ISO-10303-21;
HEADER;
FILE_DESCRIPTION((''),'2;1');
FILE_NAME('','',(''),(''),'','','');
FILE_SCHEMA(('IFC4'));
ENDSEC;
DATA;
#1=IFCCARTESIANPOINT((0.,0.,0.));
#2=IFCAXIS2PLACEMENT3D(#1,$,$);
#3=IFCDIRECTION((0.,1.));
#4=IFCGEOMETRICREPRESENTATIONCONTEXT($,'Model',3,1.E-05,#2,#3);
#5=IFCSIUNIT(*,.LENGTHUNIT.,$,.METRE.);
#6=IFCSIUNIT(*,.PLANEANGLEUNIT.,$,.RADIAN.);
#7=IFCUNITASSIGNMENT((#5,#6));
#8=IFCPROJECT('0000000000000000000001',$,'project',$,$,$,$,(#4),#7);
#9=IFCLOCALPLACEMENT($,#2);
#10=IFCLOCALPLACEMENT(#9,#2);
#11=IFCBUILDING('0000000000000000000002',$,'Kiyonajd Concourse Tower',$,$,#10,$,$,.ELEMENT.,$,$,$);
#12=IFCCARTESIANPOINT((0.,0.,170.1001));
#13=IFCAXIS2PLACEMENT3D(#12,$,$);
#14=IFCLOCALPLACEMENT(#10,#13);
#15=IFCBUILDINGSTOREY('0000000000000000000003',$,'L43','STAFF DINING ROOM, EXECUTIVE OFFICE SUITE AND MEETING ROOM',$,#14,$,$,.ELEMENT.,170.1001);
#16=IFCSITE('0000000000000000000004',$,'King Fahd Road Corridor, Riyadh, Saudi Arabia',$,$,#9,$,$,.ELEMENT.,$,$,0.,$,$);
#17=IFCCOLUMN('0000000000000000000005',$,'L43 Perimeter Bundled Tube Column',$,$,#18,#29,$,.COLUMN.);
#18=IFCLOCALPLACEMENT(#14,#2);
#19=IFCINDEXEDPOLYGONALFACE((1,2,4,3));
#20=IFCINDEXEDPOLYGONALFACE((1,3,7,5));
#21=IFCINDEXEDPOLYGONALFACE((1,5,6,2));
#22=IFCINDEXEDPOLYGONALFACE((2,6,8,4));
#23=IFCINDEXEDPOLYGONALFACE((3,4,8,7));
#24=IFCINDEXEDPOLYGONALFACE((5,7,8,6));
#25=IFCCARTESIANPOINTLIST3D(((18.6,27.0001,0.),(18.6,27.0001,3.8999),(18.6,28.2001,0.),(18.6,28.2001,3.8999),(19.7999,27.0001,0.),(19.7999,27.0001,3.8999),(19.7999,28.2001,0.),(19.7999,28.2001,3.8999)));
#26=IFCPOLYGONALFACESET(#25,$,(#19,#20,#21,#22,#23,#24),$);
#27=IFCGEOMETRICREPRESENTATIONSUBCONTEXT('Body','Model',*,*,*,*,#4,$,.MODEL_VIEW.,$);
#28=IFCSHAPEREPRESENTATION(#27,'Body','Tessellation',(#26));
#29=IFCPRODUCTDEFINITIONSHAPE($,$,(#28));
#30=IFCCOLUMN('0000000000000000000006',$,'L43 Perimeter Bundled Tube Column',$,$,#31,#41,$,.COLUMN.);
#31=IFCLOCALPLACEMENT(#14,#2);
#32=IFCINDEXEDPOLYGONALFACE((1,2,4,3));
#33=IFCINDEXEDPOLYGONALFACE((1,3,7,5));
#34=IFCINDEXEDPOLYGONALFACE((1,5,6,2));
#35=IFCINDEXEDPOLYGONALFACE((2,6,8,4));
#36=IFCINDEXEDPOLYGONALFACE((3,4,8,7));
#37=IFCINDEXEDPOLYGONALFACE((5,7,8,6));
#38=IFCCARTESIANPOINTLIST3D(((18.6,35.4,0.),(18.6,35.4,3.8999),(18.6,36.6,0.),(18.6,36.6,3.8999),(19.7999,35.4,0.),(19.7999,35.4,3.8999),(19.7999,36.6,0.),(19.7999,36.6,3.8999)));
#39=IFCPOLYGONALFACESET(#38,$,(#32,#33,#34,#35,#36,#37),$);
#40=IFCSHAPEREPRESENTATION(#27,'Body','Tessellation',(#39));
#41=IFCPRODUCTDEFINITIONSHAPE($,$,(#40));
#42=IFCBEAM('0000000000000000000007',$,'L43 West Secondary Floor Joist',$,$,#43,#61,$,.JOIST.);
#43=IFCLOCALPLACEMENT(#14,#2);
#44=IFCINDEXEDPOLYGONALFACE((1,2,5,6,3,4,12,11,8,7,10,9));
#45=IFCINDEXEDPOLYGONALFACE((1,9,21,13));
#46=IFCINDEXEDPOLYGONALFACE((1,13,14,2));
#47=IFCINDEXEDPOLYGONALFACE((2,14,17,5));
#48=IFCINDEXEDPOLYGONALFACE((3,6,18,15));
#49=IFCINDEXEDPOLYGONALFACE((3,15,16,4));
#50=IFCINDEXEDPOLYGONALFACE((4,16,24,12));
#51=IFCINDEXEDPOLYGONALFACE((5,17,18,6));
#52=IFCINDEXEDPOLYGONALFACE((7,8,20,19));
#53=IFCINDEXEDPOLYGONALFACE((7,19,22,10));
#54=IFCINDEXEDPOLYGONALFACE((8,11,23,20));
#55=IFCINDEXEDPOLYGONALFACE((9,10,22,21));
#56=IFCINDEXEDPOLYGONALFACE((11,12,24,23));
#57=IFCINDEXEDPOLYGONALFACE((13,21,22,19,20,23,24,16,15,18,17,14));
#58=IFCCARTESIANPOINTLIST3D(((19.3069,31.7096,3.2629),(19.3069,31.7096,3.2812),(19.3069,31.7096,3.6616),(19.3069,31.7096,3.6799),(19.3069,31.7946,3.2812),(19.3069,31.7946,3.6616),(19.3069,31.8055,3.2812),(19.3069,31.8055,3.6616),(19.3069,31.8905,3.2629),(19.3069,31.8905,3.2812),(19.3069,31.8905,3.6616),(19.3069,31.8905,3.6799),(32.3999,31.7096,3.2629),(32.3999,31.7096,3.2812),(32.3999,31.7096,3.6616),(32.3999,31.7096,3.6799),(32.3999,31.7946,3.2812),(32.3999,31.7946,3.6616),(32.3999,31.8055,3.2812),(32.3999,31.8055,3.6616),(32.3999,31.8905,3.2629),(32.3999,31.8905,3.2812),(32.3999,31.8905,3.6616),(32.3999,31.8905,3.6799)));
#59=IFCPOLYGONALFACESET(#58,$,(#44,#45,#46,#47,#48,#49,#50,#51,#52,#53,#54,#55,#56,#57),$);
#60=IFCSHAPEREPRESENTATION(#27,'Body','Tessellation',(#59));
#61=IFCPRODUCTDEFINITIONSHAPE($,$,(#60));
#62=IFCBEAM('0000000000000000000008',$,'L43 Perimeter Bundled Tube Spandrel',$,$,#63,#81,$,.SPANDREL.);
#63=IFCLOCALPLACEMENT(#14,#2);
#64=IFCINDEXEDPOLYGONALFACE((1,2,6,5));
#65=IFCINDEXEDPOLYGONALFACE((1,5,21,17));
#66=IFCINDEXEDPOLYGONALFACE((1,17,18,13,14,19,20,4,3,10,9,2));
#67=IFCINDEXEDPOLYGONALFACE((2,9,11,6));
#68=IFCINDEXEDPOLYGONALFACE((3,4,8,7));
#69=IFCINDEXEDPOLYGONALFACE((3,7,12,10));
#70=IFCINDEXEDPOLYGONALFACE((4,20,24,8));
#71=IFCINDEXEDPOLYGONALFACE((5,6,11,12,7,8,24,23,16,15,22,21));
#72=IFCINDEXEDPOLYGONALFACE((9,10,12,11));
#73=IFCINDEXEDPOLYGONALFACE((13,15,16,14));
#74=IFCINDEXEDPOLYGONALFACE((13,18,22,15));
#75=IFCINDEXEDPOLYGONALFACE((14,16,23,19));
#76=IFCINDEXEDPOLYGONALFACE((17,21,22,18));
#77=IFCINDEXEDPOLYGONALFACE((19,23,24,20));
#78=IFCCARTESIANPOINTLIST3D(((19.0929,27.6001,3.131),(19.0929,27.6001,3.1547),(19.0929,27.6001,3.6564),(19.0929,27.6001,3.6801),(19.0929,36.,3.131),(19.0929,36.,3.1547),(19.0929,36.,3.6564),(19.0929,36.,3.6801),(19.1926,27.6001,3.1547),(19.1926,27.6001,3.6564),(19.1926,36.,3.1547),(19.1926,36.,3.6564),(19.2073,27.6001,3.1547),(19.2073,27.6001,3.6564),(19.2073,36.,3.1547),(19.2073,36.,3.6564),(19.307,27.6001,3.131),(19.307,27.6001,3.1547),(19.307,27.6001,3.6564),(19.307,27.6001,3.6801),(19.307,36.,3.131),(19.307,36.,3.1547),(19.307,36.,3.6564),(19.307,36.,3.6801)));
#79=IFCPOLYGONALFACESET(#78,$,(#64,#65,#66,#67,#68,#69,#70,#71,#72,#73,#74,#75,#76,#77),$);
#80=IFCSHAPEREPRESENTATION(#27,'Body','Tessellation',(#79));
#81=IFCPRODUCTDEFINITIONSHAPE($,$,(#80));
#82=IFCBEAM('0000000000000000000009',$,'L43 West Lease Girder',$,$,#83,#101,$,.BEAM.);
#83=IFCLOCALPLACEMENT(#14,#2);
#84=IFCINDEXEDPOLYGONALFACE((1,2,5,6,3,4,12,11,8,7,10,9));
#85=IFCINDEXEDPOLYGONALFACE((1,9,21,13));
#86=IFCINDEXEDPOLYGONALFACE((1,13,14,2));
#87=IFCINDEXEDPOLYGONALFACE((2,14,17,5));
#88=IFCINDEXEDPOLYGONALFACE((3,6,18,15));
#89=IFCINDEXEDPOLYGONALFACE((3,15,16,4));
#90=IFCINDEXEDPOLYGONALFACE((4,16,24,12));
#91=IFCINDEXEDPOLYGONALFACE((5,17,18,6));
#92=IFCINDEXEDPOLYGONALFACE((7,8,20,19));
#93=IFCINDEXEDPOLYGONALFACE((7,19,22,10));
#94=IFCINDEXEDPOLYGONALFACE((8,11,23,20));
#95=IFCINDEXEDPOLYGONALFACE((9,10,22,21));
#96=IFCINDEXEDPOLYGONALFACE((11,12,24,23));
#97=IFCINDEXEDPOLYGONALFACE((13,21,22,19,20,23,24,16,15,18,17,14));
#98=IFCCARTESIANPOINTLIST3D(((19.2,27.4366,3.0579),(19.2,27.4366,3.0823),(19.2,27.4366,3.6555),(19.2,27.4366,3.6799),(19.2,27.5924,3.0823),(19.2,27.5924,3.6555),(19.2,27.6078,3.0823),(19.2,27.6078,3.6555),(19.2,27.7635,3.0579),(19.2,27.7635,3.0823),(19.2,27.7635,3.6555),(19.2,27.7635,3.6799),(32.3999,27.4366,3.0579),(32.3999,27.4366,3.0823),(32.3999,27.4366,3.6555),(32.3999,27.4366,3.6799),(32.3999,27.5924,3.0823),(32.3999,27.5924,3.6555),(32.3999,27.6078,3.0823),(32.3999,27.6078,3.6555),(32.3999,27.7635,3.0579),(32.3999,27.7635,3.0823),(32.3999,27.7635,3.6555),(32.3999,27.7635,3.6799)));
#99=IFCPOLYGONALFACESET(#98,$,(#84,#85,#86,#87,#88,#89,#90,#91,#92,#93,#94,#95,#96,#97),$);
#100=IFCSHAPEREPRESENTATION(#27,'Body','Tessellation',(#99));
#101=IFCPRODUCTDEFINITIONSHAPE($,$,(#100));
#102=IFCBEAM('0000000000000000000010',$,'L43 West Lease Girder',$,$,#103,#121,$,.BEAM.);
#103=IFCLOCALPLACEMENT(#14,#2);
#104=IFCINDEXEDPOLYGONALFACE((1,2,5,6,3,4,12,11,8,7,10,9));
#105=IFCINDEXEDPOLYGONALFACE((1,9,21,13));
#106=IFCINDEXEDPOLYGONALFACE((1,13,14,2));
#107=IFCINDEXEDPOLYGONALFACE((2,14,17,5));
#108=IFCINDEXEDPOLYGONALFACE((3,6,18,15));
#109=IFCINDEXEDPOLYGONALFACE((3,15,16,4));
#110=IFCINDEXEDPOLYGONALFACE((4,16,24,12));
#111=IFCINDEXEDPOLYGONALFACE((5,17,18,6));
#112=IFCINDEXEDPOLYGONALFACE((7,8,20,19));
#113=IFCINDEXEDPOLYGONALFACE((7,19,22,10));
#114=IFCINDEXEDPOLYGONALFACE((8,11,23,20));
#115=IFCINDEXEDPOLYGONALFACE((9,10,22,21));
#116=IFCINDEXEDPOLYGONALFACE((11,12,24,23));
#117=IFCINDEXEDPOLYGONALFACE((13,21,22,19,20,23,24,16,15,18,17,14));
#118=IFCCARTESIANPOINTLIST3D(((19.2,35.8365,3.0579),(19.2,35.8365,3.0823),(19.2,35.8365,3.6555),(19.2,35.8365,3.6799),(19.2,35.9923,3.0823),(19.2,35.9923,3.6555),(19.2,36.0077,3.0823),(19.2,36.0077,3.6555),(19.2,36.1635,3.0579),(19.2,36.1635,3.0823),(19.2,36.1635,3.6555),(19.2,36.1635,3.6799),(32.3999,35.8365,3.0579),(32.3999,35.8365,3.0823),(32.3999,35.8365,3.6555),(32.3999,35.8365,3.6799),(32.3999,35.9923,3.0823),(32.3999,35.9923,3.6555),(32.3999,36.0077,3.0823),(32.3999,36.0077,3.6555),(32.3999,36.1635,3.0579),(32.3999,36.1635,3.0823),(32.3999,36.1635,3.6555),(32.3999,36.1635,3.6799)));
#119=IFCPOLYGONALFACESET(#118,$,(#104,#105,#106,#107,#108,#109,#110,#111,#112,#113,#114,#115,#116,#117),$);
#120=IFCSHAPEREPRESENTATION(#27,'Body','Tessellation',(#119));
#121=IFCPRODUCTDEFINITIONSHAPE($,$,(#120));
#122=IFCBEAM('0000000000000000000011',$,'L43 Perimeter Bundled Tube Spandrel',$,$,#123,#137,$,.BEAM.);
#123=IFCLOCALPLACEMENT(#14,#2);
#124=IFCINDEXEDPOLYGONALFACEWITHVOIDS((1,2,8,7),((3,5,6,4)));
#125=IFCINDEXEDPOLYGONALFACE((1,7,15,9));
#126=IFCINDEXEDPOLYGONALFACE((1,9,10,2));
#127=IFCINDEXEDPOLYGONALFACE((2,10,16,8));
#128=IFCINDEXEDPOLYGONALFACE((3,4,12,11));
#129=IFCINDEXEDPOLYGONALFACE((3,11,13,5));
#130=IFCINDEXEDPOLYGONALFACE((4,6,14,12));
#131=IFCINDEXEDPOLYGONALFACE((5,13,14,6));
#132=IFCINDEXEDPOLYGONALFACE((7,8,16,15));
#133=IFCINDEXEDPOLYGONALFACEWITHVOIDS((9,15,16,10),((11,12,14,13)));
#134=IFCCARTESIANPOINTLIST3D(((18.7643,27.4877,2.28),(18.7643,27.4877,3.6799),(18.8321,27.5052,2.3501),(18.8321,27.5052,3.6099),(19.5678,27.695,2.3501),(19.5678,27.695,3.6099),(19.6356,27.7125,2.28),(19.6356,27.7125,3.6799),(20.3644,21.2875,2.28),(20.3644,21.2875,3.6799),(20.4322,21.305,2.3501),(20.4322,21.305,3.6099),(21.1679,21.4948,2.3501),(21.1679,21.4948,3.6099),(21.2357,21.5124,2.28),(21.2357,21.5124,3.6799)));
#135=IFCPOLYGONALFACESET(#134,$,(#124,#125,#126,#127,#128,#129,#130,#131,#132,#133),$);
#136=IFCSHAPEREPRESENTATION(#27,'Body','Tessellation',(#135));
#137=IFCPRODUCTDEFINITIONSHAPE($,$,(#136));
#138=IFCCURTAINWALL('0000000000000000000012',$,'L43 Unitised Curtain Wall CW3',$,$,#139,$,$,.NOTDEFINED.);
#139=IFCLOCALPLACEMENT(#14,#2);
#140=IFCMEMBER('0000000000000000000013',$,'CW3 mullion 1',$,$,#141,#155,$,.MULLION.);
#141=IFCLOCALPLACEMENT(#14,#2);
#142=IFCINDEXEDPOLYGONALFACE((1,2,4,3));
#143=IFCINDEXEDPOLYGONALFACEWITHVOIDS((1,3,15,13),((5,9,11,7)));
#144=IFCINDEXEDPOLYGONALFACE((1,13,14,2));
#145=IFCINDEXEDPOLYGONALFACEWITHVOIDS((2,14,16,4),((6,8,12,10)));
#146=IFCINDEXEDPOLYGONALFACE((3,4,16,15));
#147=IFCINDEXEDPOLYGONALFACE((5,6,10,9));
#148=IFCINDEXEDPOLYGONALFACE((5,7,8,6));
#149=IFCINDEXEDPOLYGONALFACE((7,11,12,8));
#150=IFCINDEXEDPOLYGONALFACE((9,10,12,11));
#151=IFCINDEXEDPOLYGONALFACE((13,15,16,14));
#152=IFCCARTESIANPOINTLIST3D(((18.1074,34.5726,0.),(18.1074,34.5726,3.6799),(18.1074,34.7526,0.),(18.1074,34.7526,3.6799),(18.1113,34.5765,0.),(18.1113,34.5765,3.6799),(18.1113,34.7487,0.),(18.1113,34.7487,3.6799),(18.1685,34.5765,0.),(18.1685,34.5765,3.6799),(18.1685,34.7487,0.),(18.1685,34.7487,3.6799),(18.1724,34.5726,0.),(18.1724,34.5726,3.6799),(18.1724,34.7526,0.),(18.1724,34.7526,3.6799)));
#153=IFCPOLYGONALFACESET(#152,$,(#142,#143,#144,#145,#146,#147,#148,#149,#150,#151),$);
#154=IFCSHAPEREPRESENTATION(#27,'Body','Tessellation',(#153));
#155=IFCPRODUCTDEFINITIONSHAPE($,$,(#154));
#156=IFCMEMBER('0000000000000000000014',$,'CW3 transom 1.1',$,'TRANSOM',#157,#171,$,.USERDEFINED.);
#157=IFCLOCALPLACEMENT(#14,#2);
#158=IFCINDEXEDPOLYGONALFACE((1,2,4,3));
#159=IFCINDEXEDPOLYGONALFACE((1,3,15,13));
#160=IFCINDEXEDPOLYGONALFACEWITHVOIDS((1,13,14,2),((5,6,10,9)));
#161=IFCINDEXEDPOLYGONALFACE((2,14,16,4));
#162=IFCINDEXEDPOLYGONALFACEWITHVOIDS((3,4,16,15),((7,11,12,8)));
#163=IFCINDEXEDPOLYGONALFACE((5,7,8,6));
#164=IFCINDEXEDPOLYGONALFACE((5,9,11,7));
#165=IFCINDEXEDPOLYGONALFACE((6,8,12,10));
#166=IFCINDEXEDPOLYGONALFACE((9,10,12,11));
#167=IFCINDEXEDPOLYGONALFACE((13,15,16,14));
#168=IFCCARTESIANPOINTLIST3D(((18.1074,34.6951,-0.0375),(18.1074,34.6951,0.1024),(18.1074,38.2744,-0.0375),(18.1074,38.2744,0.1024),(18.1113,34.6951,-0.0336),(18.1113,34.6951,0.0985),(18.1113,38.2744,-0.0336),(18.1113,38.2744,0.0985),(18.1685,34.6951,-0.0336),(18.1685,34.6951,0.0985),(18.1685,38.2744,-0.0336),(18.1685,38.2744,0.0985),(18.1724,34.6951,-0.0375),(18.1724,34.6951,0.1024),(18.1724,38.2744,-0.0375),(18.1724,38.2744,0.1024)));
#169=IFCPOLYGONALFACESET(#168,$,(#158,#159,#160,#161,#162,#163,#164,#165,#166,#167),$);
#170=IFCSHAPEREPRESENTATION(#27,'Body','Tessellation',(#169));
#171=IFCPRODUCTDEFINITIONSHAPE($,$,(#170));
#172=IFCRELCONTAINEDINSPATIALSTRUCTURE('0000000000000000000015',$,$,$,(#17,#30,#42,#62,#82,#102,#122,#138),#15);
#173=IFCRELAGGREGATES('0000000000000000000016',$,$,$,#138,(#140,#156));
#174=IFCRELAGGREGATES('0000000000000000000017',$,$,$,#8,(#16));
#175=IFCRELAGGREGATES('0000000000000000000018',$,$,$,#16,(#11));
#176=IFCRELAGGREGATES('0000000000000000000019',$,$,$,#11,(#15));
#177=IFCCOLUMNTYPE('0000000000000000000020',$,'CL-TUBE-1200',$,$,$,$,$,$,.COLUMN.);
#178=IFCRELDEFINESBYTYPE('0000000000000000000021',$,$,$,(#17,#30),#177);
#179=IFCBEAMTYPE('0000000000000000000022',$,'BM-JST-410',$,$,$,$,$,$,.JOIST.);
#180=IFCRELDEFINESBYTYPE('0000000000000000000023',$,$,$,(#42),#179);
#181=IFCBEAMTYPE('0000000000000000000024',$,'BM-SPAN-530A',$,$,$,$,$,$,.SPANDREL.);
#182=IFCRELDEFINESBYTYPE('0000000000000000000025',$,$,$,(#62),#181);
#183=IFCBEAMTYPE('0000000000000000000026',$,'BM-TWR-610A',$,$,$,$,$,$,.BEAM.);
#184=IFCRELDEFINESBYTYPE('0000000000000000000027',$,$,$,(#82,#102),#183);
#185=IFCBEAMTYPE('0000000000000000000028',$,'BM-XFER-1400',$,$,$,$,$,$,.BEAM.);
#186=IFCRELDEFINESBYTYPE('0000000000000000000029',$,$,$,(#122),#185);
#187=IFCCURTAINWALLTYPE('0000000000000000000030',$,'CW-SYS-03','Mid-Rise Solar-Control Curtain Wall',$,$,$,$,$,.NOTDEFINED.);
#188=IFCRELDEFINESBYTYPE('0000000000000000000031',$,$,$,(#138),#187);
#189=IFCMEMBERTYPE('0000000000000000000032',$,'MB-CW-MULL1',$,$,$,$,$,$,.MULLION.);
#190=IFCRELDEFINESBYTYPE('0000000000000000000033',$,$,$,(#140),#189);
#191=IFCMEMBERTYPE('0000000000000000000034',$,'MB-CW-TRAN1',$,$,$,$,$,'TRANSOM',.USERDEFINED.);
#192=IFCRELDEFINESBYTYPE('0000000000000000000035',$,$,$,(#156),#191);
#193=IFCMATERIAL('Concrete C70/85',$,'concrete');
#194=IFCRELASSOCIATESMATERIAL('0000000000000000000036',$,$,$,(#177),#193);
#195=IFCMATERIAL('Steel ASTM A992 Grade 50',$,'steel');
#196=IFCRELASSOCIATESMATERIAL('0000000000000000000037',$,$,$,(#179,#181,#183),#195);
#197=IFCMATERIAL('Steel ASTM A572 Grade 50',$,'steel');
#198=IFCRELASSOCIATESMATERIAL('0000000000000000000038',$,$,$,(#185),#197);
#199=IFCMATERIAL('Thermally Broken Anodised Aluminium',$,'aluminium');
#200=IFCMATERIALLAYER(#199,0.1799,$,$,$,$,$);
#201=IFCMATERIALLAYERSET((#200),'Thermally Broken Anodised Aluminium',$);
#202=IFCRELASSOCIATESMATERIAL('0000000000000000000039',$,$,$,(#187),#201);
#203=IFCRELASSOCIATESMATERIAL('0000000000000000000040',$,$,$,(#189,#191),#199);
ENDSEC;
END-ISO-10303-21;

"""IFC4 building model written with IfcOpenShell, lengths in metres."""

from ifc_helpers import new_model, si_unit, direction, frame, origin, origin_2d, place, context, subcontext, project, spatial, rectangle, hollow_rectangle, i_section, extrude, material, layer, layer_set, material_profile, profile_set, type_object, element, aggregate, save


model = new_model("IFC4")

# Units and contexts
model_context = context("Model", 3, precision=1e-05, world=origin(), true_north=direction((0.0, 1.0)))
body_context = subcontext(model_context, "Body", "Model", "MODEL_VIEW")
ifc_project = project(units=[si_unit("LENGTHUNIT", "METRE"), si_unit("PLANEANGLEUNIT", "RADIAN")], contexts=[model_context])

# Site, building, storey
site_placement = place(None, origin())
site = spatial("IfcSite", under=ifc_project, at=site_placement, Name="King Fahd Road Corridor, Riyadh, Saudi Arabia", CompositionType="ELEMENT", RefElevation=0.0)
building_placement = place(site_placement, origin())
building = spatial("IfcBuilding", under=site, at=building_placement, Name="Kiyonajd Concourse Tower", CompositionType="ELEMENT")
storey_placement = place(building_placement, frame((0.0, 0.0, 170.1001)))
storey = spatial("IfcBuildingStorey", under=building, at=storey_placement, Name="L43", Description="STAFF DINING ROOM, EXECUTIVE OFFICE SUITE AND MEETING ROOM", CompositionType="ELEMENT", Elevation=170.1001)

# Columns
ifc_material_1 = material(Name="Concrete C70/85", Category="concrete")
ifc_material_profile_1 = material_profile(ifc_material_1, rectangle(XDim=1.2, YDim=1.2, at=origin_2d()), Name="RC-1200x1200")
ifc_profile_set_1 = profile_set([ifc_material_profile_1], Name="Concrete C70/85")
column_type = type_object("IfcColumnType", Name="CL-TUBE-1200", PredefinedType="COLUMN", material=ifc_profile_set_1)
for number, where, z_axis, x_axis, name in (
    (1, (19.2, 27.6001, 0.0), (0.0, 0.0, 1.0), (1.0, 0.0, 0.0), "L43 Perimeter Bundled Tube Column"),
    (2, (19.2, 36.0, 0.0), (0.0, 0.0, 1.0), (1.0, 0.0, 0.0), "L43 Perimeter Bundled Tube Column"),
):
    element("IfcColumn", number, at=place(storey_placement, frame(where, z_axis=z_axis, x_axis=x_axis)), inside=storey, type_object=column_type, Name=name, PredefinedType="COLUMN", context=body_context, shape_type="SweptSolid", body=[
        extrude(rectangle(XDim=1.2, YDim=1.2, at=origin_2d()), origin(), (0.0, 0.0, 1.0), 3.8999),
    ])

# Beams
ifc_material_2 = material(Name="Steel ASTM A992 Grade 50", Category="steel")
ifc_material_profile_2 = material_profile(ifc_material_2, i_section(OverallWidth=0.1809, OverallDepth=0.417, WebThickness=0.011, FlangeThickness=0.0183, at=origin_2d()), Name="W410X85")
ifc_profile_set_2 = profile_set([ifc_material_profile_2], Name="Steel ASTM A992 Grade 50")
beam_type_1 = type_object("IfcBeamType", Name="BM-JST-410", PredefinedType="JOIST", material=ifc_profile_set_2)
beam_1_placement = place(storey_placement, frame((19.3069, 31.8, 3.4714), z_axis=(1.0, 0.0, 0.0), x_axis=(0.0, 1.0, 0.0)))
element("IfcBeam", 3, at=beam_1_placement, inside=storey, type_object=beam_type_1, Name="L43 West Secondary Floor Joist", PredefinedType="JOIST", context=body_context, shape_type="SweptSolid", body=[
    extrude(i_section(OverallWidth=0.1809, OverallDepth=0.417, WebThickness=0.011, FlangeThickness=0.0183, at=origin_2d()), origin(), (0.0, 0.0, 1.0), 13.093),
])
ifc_material_profile_3 = material_profile(ifc_material_2, i_section(OverallWidth=0.2141, OverallDepth=0.5491, WebThickness=0.0146, FlangeThickness=0.0237, at=origin_2d()), Name="W530X138")
ifc_profile_set_3 = profile_set([ifc_material_profile_3], Name="Steel ASTM A992 Grade 50")
beam_type_2 = type_object("IfcBeamType", Name="BM-SPAN-530A", PredefinedType="SPANDREL", material=ifc_profile_set_3)
beam_2_placement = place(storey_placement, frame((19.2, 36.0, 3.4055), z_axis=(0.0, -1.0, 0.0), x_axis=(1.0, 0.0, 0.0)))
element("IfcBeam", 4, at=beam_2_placement, inside=storey, type_object=beam_type_2, Name="L43 Perimeter Bundled Tube Spandrel", PredefinedType="SPANDREL", context=body_context, shape_type="SweptSolid", body=[
    extrude(i_section(OverallWidth=0.2141, OverallDepth=0.5491, WebThickness=0.0146, FlangeThickness=0.0237, at=origin_2d()), origin(), (0.0, 0.0, 1.0), 8.3999),
])
ifc_material_profile_4 = material_profile(ifc_material_2, i_section(OverallWidth=0.3269, OverallDepth=0.6221, WebThickness=0.0154, FlangeThickness=0.0244, at=origin_2d()), Name="W610X195")
ifc_profile_set_4 = profile_set([ifc_material_profile_4], Name="Steel ASTM A992 Grade 50")
beam_type_3 = type_object("IfcBeamType", Name="BM-TWR-610A", PredefinedType="BEAM", material=ifc_profile_set_4)
for number, where, z_axis, x_axis, name in (
    (5, (19.2, 27.6001, 3.3689), (1.0, 0.0, 0.0), (0.0, 1.0, 0.0), "L43 West Lease Girder"),
    (6, (19.2, 36.0, 3.3689), (1.0, 0.0, 0.0), (0.0, 1.0, 0.0), "L43 West Lease Girder"),
):
    element("IfcBeam", number, at=place(storey_placement, frame(where, z_axis=z_axis, x_axis=x_axis)), inside=storey, type_object=beam_type_3, Name=name, PredefinedType="BEAM", context=body_context, shape_type="SweptSolid", body=[
        extrude(i_section(OverallWidth=0.3269, OverallDepth=0.6221, WebThickness=0.0154, FlangeThickness=0.0244, at=origin_2d()), origin(), (0.0, 0.0, 1.0), 13.2),
    ])
ifc_material_3 = material(Name="Steel ASTM A572 Grade 50", Category="steel")
ifc_material_profile_5 = material_profile(ifc_material_3, hollow_rectangle(XDim=0.8999, YDim=1.3999, WallThickness=0.0701, at=origin_2d()), Name="BOX-1400x900x70")
ifc_profile_set_5 = profile_set([ifc_material_profile_5], Name="Steel ASTM A572 Grade 50")
beam_type_4 = type_object("IfcBeamType", Name="BM-XFER-1400", PredefinedType="BEAM", material=ifc_profile_set_5)
beam_3_placement = place(storey_placement, frame((19.2, 27.6001, 2.98), z_axis=(0.249885, -0.968276, 0.0), x_axis=(0.968276, 0.249885, 0.0)))
element("IfcBeam", 7, at=beam_3_placement, inside=storey, type_object=beam_type_4, Name="L43 Perimeter Bundled Tube Spandrel", PredefinedType="BEAM", context=body_context, shape_type="SweptSolid", body=[
    extrude(hollow_rectangle(XDim=0.8999, YDim=1.3999, WallThickness=0.0701, at=origin_2d()), origin(), (0.0, 0.0, 1.0), 6.4033),
])

# Curtain wall, members
ifc_material_4 = material(Name="Thermally Broken Anodised Aluminium", Category="aluminium")
ifc_layer_1 = layer(ifc_material_4, 0.1799)
ifc_layer_set_1 = layer_set([ifc_layer_1], Name="Thermally Broken Anodised Aluminium")
curtain_wall_type = type_object("IfcCurtainWallType", Name="CW-SYS-03", Description="Mid-Rise Solar-Control Curtain Wall", PredefinedType="NOTDEFINED", material=ifc_layer_set_1)
curtain_wall_placement = place(storey_placement, origin())
curtain_wall = element("IfcCurtainWall", 8, at=curtain_wall_placement, inside=storey, type_object=curtain_wall_type, Name="L43 Unitised Curtain Wall CW3", PredefinedType="NOTDEFINED")
ifc_material_profile_6 = material_profile(ifc_material_4, hollow_rectangle(XDim=0.0649, YDim=0.1799, WallThickness=0.0039, at=origin_2d()), Name="MULL-65x180")
ifc_profile_set_6 = profile_set([ifc_material_profile_6], Name="Thermally Broken Anodised Aluminium")
member_type_1 = type_object("IfcMemberType", Name="MB-CW-MULL1", PredefinedType="MULLION", material=ifc_profile_set_6)
member_1_placement = place(storey_placement, frame((18.1399, 34.6626, 0.0), z_axis=(0.0, 0.0, 1.0), x_axis=(-1.0, 0.0, 0.0)))
member_1 = element("IfcMember", 9, at=member_1_placement, type_object=member_type_1, Name="CW3 mullion 1", PredefinedType="MULLION", context=body_context, shape_type="SweptSolid", body=[
    extrude(hollow_rectangle(XDim=0.0649, YDim=0.1799, WallThickness=0.0039, at=origin_2d()), origin(), (0.0, 0.0, 1.0), 3.6799),
])
ifc_material_profile_7 = material_profile(ifc_material_4, hollow_rectangle(XDim=0.0649, YDim=0.1399, WallThickness=0.0039, at=origin_2d()), Name="TRAN-65x140")
ifc_profile_set_7 = profile_set([ifc_material_profile_7], Name="Thermally Broken Anodised Aluminium")
member_type_2 = type_object("IfcMemberType", Name="MB-CW-TRAN1", ElementType="TRANSOM", PredefinedType="USERDEFINED", material=ifc_profile_set_7)
member_2_placement = place(storey_placement, frame((18.1399, 34.6951, 0.0325), z_axis=(0.0, 1.0, 0.0), x_axis=(-1.0, 0.0, 0.0)))
member_2 = element("IfcMember", 10, at=member_2_placement, type_object=member_type_2, Name="CW3 transom 1.1", ObjectType="TRANSOM", PredefinedType="USERDEFINED", context=body_context, shape_type="SweptSolid", body=[
    extrude(hollow_rectangle(XDim=0.0649, YDim=0.1399, WallThickness=0.0039, at=origin_2d()), origin(), (0.0, 0.0, 1.0), 3.5793),
])

aggregate(curtain_wall, [member_1, member_2])

save(model, "model.ifc")
